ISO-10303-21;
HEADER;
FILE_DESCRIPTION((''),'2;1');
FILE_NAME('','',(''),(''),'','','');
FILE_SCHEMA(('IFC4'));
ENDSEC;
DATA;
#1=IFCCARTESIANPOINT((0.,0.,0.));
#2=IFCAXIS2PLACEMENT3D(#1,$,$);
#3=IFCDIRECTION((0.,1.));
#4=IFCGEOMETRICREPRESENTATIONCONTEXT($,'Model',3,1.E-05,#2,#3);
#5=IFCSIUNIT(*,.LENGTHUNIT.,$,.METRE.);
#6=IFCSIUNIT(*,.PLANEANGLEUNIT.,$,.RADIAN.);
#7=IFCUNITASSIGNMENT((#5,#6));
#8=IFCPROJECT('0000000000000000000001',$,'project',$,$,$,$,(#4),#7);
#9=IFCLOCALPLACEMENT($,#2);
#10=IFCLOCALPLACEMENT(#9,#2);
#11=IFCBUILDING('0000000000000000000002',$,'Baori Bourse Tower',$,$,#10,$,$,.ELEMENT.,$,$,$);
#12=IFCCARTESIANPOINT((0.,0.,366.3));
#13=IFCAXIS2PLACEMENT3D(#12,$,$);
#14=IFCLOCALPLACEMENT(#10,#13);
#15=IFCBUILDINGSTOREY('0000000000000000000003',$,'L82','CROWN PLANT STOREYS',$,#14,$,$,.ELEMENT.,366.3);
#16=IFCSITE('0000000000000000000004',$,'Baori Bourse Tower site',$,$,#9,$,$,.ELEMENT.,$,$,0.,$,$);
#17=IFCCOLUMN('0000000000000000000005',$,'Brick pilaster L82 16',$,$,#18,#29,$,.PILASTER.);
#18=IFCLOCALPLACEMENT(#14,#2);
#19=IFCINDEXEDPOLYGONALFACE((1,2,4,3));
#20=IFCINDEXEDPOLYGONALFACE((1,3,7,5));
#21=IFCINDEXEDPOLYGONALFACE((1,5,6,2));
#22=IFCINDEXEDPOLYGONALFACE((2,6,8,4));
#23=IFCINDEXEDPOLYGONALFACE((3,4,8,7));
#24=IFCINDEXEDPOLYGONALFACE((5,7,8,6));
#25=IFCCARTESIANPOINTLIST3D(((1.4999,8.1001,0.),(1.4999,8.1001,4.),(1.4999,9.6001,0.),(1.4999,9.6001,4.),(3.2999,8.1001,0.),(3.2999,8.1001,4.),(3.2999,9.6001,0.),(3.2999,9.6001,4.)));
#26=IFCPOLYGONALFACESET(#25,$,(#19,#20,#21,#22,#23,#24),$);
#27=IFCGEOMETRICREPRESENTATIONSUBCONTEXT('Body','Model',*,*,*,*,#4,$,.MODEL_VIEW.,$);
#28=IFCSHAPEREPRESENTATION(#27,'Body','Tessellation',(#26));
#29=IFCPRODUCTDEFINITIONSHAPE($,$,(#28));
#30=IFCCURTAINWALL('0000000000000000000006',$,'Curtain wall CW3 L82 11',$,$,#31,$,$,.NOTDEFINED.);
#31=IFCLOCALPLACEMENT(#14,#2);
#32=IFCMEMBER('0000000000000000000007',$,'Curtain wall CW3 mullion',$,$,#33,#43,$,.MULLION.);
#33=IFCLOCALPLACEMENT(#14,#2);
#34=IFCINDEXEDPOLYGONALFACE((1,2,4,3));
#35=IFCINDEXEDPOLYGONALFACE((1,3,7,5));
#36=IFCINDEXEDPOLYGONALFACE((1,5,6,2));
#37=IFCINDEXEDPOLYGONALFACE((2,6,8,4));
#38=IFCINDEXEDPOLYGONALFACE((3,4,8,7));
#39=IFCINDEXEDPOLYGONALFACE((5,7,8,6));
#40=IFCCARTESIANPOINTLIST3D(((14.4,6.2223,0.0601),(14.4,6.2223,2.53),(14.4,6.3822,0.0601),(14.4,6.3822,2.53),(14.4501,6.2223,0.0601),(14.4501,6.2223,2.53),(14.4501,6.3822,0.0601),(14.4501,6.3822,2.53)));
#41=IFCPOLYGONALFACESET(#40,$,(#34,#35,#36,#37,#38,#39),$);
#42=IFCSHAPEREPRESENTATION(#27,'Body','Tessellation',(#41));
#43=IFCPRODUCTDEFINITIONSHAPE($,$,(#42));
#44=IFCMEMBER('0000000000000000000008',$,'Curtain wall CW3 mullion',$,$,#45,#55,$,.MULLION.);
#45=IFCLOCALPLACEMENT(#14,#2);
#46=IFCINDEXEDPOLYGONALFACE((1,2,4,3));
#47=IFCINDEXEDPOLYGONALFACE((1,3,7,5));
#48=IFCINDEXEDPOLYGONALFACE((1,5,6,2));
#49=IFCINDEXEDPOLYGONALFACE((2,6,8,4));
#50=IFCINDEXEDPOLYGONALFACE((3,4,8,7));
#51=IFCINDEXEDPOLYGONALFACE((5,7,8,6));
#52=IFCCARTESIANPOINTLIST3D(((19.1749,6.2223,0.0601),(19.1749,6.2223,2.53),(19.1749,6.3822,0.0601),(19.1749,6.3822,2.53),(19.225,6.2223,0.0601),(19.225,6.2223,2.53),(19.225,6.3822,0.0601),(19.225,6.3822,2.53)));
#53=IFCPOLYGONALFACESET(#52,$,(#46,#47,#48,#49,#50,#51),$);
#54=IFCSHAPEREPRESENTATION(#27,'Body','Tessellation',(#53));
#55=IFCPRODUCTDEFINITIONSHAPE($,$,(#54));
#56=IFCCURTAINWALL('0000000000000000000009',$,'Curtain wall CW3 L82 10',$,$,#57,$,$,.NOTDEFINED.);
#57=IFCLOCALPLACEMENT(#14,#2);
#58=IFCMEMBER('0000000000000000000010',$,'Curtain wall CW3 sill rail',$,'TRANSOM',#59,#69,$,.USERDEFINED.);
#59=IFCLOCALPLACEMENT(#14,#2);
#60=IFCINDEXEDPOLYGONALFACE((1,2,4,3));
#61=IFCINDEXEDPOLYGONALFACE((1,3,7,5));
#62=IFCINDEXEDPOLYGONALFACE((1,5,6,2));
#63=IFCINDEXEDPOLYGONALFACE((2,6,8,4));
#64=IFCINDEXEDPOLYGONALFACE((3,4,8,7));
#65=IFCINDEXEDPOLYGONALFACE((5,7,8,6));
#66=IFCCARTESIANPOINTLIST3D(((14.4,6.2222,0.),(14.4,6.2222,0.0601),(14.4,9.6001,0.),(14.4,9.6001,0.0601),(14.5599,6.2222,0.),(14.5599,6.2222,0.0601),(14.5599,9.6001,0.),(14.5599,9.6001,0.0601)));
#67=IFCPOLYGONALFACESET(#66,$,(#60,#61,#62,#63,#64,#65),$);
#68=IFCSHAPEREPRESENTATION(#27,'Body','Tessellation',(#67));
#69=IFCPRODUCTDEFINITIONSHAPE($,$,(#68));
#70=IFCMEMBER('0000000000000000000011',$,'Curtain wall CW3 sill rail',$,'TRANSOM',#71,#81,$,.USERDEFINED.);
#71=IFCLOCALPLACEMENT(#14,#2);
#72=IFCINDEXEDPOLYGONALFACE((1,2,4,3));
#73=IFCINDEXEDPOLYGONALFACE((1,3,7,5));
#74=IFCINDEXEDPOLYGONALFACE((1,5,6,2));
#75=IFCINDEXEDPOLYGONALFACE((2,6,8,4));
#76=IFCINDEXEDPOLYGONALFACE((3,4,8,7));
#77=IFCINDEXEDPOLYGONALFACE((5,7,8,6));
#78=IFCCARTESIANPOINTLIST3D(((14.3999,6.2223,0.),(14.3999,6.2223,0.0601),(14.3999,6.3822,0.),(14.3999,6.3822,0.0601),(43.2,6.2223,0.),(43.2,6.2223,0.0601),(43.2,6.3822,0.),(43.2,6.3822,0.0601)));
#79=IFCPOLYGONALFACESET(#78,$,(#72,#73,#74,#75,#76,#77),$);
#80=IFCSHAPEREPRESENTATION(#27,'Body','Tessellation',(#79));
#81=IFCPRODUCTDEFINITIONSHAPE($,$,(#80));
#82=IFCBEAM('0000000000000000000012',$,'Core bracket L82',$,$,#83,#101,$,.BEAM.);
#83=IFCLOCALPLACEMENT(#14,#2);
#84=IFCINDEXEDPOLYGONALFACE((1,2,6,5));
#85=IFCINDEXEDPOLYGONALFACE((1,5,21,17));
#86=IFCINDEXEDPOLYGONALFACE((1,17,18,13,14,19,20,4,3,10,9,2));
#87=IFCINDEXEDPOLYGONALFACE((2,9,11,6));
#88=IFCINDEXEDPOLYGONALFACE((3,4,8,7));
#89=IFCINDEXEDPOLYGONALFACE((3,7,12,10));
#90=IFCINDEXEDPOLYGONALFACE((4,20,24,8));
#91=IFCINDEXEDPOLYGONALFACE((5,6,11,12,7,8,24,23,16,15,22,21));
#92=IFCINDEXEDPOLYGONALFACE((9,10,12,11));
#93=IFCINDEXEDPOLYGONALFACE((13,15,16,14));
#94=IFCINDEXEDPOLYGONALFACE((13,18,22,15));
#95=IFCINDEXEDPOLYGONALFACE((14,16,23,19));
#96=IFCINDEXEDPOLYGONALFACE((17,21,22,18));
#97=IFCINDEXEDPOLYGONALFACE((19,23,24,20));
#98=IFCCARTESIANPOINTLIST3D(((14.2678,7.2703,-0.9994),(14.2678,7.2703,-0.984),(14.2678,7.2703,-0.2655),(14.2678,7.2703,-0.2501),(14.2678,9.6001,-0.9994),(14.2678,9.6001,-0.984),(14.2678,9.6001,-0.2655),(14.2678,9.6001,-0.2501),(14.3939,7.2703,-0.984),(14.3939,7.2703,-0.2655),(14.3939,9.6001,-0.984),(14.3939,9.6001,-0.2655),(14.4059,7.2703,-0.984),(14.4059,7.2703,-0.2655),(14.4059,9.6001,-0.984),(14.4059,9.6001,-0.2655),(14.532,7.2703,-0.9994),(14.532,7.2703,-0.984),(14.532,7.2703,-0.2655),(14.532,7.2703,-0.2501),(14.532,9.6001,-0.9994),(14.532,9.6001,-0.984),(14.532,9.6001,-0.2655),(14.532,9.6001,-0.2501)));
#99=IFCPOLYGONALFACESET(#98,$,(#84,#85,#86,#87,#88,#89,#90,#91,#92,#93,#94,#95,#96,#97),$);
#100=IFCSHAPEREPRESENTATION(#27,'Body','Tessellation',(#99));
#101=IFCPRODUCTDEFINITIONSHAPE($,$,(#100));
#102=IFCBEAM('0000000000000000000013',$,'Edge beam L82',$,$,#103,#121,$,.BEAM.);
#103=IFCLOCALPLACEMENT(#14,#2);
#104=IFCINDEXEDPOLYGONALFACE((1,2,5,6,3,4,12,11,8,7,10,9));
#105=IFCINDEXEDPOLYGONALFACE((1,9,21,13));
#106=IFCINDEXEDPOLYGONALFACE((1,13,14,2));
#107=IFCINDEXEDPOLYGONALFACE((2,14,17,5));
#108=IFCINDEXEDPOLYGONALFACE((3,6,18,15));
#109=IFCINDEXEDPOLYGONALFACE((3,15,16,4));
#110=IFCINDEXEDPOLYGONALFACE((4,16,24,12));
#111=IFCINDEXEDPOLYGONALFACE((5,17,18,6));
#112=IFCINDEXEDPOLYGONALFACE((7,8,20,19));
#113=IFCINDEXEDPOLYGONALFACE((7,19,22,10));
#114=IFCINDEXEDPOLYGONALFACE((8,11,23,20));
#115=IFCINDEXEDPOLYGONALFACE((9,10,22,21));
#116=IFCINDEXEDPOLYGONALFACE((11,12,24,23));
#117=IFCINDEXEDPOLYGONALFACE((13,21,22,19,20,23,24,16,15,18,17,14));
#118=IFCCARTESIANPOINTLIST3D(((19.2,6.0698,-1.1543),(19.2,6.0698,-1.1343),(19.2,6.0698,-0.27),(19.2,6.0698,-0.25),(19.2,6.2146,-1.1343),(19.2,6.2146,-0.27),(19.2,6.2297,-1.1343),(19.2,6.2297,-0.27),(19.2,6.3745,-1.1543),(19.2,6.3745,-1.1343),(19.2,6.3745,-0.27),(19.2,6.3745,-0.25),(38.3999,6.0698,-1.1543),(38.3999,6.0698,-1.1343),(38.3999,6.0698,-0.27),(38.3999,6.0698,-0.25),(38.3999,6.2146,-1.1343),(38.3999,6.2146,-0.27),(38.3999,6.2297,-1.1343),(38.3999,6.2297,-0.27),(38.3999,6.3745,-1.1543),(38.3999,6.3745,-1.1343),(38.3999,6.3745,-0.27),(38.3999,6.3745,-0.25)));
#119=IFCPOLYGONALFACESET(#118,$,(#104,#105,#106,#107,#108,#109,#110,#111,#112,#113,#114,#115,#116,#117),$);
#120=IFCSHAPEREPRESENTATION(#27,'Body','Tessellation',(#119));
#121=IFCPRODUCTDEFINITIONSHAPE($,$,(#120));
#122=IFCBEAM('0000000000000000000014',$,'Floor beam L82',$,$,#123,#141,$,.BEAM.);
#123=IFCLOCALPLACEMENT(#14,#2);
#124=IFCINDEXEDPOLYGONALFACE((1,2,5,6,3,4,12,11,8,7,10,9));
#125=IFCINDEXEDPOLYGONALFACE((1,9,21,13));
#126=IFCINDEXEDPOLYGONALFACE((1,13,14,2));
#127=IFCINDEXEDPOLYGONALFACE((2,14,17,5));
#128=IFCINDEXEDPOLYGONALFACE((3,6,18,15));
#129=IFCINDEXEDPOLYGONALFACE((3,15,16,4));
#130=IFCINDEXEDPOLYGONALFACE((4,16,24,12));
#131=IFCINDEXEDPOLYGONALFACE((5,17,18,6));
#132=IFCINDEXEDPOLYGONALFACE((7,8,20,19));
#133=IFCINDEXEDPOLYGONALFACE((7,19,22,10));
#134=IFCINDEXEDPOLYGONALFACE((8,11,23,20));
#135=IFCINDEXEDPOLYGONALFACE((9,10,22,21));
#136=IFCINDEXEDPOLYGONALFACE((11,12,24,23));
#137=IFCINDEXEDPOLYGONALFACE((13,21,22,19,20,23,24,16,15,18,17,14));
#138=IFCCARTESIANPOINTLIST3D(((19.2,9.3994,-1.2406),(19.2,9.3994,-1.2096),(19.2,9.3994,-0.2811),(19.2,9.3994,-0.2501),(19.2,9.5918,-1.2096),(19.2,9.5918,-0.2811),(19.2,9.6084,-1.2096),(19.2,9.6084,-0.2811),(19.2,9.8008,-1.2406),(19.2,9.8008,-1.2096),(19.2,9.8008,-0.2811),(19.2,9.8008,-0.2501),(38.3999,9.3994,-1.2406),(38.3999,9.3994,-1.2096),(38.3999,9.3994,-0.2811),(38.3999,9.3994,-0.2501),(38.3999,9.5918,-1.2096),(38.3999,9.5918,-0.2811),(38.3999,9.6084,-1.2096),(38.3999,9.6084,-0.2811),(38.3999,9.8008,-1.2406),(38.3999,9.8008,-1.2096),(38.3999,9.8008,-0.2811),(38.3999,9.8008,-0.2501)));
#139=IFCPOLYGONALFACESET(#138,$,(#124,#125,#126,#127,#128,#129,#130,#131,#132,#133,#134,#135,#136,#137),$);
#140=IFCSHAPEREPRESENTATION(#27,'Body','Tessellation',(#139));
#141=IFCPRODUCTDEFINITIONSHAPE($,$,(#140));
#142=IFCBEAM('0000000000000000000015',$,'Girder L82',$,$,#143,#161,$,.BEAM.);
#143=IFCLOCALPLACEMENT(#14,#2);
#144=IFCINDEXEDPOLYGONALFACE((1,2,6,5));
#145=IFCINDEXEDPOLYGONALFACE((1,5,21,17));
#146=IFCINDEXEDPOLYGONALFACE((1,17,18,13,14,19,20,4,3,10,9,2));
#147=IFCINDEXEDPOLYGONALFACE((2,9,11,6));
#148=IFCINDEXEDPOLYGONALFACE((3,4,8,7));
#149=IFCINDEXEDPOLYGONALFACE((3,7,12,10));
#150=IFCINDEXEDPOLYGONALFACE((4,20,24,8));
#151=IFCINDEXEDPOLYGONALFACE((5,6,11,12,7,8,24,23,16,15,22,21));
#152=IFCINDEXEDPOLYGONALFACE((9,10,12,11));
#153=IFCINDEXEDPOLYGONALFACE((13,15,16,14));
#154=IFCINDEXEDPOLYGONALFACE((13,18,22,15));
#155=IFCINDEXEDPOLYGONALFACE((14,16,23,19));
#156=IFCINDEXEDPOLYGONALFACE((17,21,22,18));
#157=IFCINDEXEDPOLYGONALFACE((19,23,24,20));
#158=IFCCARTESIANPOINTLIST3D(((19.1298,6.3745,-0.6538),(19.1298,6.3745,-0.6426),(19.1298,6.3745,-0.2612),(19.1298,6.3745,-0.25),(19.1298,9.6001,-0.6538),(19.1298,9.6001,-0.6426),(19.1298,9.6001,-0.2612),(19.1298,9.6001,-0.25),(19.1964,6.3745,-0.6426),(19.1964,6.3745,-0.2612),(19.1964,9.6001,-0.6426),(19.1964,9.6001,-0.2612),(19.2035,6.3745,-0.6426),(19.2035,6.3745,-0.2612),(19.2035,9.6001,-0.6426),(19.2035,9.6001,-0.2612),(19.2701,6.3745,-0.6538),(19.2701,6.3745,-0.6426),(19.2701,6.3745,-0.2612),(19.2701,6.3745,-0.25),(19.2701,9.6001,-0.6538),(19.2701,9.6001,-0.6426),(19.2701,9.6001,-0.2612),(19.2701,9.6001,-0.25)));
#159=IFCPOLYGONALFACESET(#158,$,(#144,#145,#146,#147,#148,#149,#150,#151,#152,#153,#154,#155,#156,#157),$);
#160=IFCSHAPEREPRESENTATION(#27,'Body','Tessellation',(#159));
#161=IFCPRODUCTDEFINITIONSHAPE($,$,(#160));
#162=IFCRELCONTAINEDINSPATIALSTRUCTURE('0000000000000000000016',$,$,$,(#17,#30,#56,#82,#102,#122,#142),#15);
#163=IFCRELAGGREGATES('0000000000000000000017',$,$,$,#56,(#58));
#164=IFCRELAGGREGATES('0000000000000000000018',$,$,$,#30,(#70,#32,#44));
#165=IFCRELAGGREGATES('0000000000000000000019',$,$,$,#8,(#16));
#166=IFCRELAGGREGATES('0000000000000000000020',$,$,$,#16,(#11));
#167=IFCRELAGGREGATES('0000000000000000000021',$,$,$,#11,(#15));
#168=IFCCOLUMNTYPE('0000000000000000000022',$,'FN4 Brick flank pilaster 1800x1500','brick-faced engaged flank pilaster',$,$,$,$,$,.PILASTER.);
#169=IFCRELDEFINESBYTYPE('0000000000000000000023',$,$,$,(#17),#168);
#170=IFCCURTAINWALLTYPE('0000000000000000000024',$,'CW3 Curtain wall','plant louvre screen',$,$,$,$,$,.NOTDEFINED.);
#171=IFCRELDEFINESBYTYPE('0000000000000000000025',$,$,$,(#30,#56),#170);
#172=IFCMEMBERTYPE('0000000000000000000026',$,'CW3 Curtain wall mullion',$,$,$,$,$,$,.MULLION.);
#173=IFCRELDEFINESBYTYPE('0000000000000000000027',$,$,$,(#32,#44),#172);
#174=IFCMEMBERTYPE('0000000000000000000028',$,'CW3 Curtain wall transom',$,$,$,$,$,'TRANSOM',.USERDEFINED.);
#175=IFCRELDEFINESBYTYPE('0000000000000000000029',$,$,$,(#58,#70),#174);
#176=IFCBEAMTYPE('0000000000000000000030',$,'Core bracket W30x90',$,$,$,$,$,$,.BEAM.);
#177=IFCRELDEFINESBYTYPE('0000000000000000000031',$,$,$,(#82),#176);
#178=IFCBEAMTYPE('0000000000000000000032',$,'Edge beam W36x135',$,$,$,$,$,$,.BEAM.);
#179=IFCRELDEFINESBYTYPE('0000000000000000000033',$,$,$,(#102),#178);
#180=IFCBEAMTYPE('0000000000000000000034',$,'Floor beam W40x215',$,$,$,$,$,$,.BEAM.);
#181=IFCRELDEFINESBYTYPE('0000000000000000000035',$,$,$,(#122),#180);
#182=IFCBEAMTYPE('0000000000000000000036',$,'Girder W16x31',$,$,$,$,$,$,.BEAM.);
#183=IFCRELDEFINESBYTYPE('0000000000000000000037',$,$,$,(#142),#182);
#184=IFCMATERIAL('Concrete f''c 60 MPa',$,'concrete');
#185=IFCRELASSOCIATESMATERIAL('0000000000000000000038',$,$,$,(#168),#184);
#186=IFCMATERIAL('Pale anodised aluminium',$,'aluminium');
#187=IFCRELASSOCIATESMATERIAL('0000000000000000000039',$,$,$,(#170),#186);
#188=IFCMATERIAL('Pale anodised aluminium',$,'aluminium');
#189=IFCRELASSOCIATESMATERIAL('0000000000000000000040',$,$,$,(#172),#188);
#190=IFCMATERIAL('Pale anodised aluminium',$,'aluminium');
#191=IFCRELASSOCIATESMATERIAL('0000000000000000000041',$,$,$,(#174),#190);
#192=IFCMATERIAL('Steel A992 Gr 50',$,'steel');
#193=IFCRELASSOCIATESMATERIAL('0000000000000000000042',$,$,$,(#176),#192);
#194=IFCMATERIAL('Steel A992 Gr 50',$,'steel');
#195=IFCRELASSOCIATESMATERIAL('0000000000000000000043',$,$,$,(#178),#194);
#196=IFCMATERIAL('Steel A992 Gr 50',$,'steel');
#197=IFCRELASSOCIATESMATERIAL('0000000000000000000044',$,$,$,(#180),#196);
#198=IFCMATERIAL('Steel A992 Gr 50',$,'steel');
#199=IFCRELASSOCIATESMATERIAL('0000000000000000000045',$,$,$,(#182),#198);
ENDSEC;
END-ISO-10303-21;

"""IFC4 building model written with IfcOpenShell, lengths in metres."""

from ifc_helpers import new_model, si_unit, direction, frame, origin, origin_2d, place, context, subcontext, project, spatial, rectangle, i_section, extrude, material, material_profile, profile_set, type_object, element, aggregate, save


model = new_model("IFC4")

# Units and contexts
model_context = context("Model", 3, precision=1e-05, world=origin(), true_north=direction((0.0, 1.0)))
body_context = subcontext(model_context, "Body", "Model", "MODEL_VIEW")
ifc_project = project(units=[si_unit("LENGTHUNIT", "METRE"), si_unit("PLANEANGLEUNIT", "RADIAN")], contexts=[model_context])

# Site, building, storey
site_placement = place(None, origin())
site = spatial("IfcSite", under=ifc_project, at=site_placement, Name="Baori Bourse Tower site", CompositionType="ELEMENT", RefElevation=0.0)
building_placement = place(site_placement, origin())
building = spatial("IfcBuilding", under=site, at=building_placement, Name="Baori Bourse Tower", CompositionType="ELEMENT")
storey_placement = place(building_placement, frame((0.0, 0.0, 366.3)))
storey = spatial("IfcBuildingStorey", under=building, at=storey_placement, Name="L82", Description="CROWN PLANT STOREYS", CompositionType="ELEMENT", Elevation=366.3)

# Column
ifc_material_1 = material(Name="Concrete f'c 60 MPa", Category="concrete")
ifc_material_profile_1 = material_profile(ifc_material_1, rectangle(XDim=1.8, YDim=1.5, at=origin_2d()), Name="RC 1800x1500")
ifc_profile_set_1 = profile_set([ifc_material_profile_1], Name="Concrete f'c 60 MPa")
column_type = type_object("IfcColumnType", Name="FN4 Brick flank pilaster 1800x1500", Description="brick-faced engaged flank pilaster", PredefinedType="PILASTER", material=ifc_profile_set_1)
column_placement = place(storey_placement, frame((2.3999, 8.8501, 0.0), z_axis=(0.0, 0.0, 1.0), x_axis=(1.0, 0.0, 0.0)))
element("IfcColumn", 1, at=column_placement, inside=storey, type_object=column_type, Name="Brick pilaster L82 16", PredefinedType="PILASTER", context=body_context, shape_type="SweptSolid", body=[
    extrude(rectangle(XDim=1.8, YDim=1.5, at=origin_2d()), origin(), (0.0, 0.0, 1.0), 4.0),
])

# Curtain wall, members
ifc_material_2 = material(Name="Pale anodised aluminium", Category="aluminium")
curtain_wall_type = type_object("IfcCurtainWallType", Name="CW3 Curtain wall", Description="plant louvre screen", PredefinedType="NOTDEFINED", material=ifc_material_2)
curtain_wall_1_placement = place(storey_placement, origin())
curtain_wall_1 = element("IfcCurtainWall", 2, at=curtain_wall_1_placement, inside=storey, type_object=curtain_wall_type, Name="Curtain wall CW3 L82 11", PredefinedType="NOTDEFINED")
ifc_material_3 = material(Name="Pale anodised aluminium", Category="aluminium")
ifc_material_profile_2 = material_profile(ifc_material_3, rectangle(XDim=0.1599, YDim=0.05, at=origin_2d()), Name="Mullion 50x160")
ifc_profile_set_2 = profile_set([ifc_material_profile_2], Name="Pale anodised aluminium")
member_type_1 = type_object("IfcMemberType", Name="CW3 Curtain wall mullion", PredefinedType="MULLION", material=ifc_profile_set_2)
member_1_placement = place(storey_placement, frame((14.425, 6.3022, 0.0601), z_axis=(0.0, 0.0, 1.0), x_axis=(0.0, 1.0, 0.0)))
member_1 = element("IfcMember", 3, at=member_1_placement, type_object=member_type_1, Name="Curtain wall CW3 mullion", PredefinedType="MULLION", context=body_context, shape_type="SweptSolid", body=[
    extrude(rectangle(XDim=0.1599, YDim=0.05, at=origin_2d()), origin(), (0.0, 0.0, 1.0), 2.47),
])
member_2_placement = place(storey_placement, frame((19.2, 6.3022, 0.0601), z_axis=(0.0, 0.0, 1.0), x_axis=(0.0, 1.0, 0.0)))
member_2 = element("IfcMember", 4, at=member_2_placement, type_object=member_type_1, Name="Curtain wall CW3 mullion", PredefinedType="MULLION", context=body_context, shape_type="SweptSolid", body=[
    extrude(rectangle(XDim=0.1599, YDim=0.05, at=origin_2d()), origin(), (0.0, 0.0, 1.0), 2.47),
])

# Curtain wall, member
curtain_wall_2_placement = place(storey_placement, origin())
curtain_wall_2 = element("IfcCurtainWall", 5, at=curtain_wall_2_placement, inside=storey, type_object=curtain_wall_type, Name="Curtain wall CW3 L82 10", PredefinedType="NOTDEFINED")
ifc_material_4 = material(Name="Pale anodised aluminium", Category="aluminium")
ifc_material_profile_3 = material_profile(ifc_material_4, rectangle(XDim=0.1599, YDim=0.0601, at=origin_2d()), Name="Transom 60x160")
ifc_profile_set_3 = profile_set([ifc_material_profile_3], Name="Pale anodised aluminium")
member_type_2 = type_object("IfcMemberType", Name="CW3 Curtain wall transom", ElementType="TRANSOM", PredefinedType="USERDEFINED", material=ifc_profile_set_3)
member_3_placement = place(storey_placement, frame((14.48, 9.6001, 0.03), z_axis=(0.0, -1.0, 0.0), x_axis=(1.0, 0.0, 0.0)))
member_3 = element("IfcMember", 6, at=member_3_placement, type_object=member_type_2, Name="Curtain wall CW3 sill rail", ObjectType="TRANSOM", PredefinedType="USERDEFINED", context=body_context, shape_type="SweptSolid", body=[
    extrude(rectangle(XDim=0.1599, YDim=0.0601, at=origin_2d()), origin(), (0.0, 0.0, 1.0), 3.3779),
])

# Member
member_4_placement = place(storey_placement, frame((14.3999, 6.3022, 0.03), z_axis=(1.0, 0.0, 0.0), x_axis=(0.0, 1.0, 0.0)))
member_4 = element("IfcMember", 7, at=member_4_placement, type_object=member_type_2, Name="Curtain wall CW3 sill rail", ObjectType="TRANSOM", PredefinedType="USERDEFINED", context=body_context, shape_type="SweptSolid", body=[
    extrude(rectangle(XDim=0.1599, YDim=0.0601, at=origin_2d()), origin(), (0.0, 0.0, 1.0), 28.8),
])

# Beams
ifc_material_5 = material(Name="Steel A992 Gr 50", Category="steel")
ifc_material_profile_4 = material_profile(ifc_material_5, i_section(OverallWidth=0.2642, OverallDepth=0.7493, WebThickness=0.012, FlangeThickness=0.0154, at=origin_2d()), Name="W30x90")
ifc_profile_set_4 = profile_set([ifc_material_profile_4], Name="Steel A992 Gr 50")
beam_type_1 = type_object("IfcBeamType", Name="Core bracket W30x90", PredefinedType="BEAM", material=ifc_profile_set_4)
beam_1_placement = place(storey_placement, frame((14.3999, 7.2703, -0.6248), z_axis=(0.0, 1.0, 0.0), x_axis=(-1.0, 0.0, 0.0)))
element("IfcBeam", 8, at=beam_1_placement, inside=storey, type_object=beam_type_1, Name="Core bracket L82", PredefinedType="BEAM", context=body_context, shape_type="SweptSolid", body=[
    extrude(i_section(OverallWidth=0.2642, OverallDepth=0.7493, WebThickness=0.012, FlangeThickness=0.0154, at=origin_2d()), origin(), (0.0, 0.0, 1.0), 2.3298),
])
ifc_material_6 = material(Name="Steel A992 Gr 50", Category="steel")
ifc_material_profile_5 = material_profile(ifc_material_6, i_section(OverallWidth=0.3047, OverallDepth=0.9043, WebThickness=0.0151, FlangeThickness=0.02, at=origin_2d()), Name="W36x135")
ifc_profile_set_5 = profile_set([ifc_material_profile_5], Name="Steel A992 Gr 50")
beam_type_2 = type_object("IfcBeamType", Name="Edge beam W36x135", PredefinedType="BEAM", material=ifc_profile_set_5)
beam_2_placement = place(storey_placement, frame((19.2, 6.2222, -0.7021), z_axis=(1.0, 0.0, 0.0), x_axis=(0.0, 1.0, 0.0)))
element("IfcBeam", 9, at=beam_2_placement, inside=storey, type_object=beam_type_2, Name="Edge beam L82", PredefinedType="BEAM", context=body_context, shape_type="SweptSolid", body=[
    extrude(i_section(OverallWidth=0.3047, OverallDepth=0.9043, WebThickness=0.0151, FlangeThickness=0.02, at=origin_2d()), origin(), (0.0, 0.0, 1.0), 19.2),
])
ifc_material_7 = material(Name="Steel A992 Gr 50", Category="steel")
ifc_material_profile_6 = material_profile(ifc_material_7, i_section(OverallWidth=0.4014, OverallDepth=0.9905, WebThickness=0.0166, FlangeThickness=0.031, at=origin_2d()), Name="W40x215")
ifc_profile_set_6 = profile_set([ifc_material_profile_6], Name="Steel A992 Gr 50")
beam_type_3 = type_object("IfcBeamType", Name="Floor beam W40x215", PredefinedType="BEAM", material=ifc_profile_set_6)
beam_3_placement = place(storey_placement, frame((19.2, 9.6001, -0.7454), z_axis=(1.0, 0.0, 0.0), x_axis=(0.0, 1.0, 0.0)))
element("IfcBeam", 10, at=beam_3_placement, inside=storey, type_object=beam_type_3, Name="Floor beam L82", PredefinedType="BEAM", context=body_context, shape_type="SweptSolid", body=[
    extrude(i_section(OverallWidth=0.4014, OverallDepth=0.9905, WebThickness=0.0166, FlangeThickness=0.031, at=origin_2d()), origin(), (0.0, 0.0, 1.0), 19.2),
])
ifc_material_8 = material(Name="Steel A992 Gr 50", Category="steel")
ifc_material_profile_7 = material_profile(ifc_material_8, i_section(OverallWidth=0.1404, OverallDepth=0.4038, WebThickness=0.0071, FlangeThickness=0.0112, at=origin_2d()), Name="W16x31")
ifc_profile_set_7 = profile_set([ifc_material_profile_7], Name="Steel A992 Gr 50")
beam_type_4 = type_object("IfcBeamType", Name="Girder W16x31", PredefinedType="BEAM", material=ifc_profile_set_7)
beam_4_placement = place(storey_placement, frame((19.2, 6.3745, -0.4519), z_axis=(0.0, 1.0, 0.0), x_axis=(-1.0, 0.0, 0.0)))
element("IfcBeam", 11, at=beam_4_placement, inside=storey, type_object=beam_type_4, Name="Girder L82", PredefinedType="BEAM", context=body_context, shape_type="SweptSolid", body=[
    extrude(i_section(OverallWidth=0.1404, OverallDepth=0.4038, WebThickness=0.0071, FlangeThickness=0.0112, at=origin_2d()), origin(), (0.0, 0.0, 1.0), 3.2256),
])

aggregate(curtain_wall_2, [member_3])
aggregate(curtain_wall_1, [member_4, member_1, member_2])

save(model, "model.ifc")
